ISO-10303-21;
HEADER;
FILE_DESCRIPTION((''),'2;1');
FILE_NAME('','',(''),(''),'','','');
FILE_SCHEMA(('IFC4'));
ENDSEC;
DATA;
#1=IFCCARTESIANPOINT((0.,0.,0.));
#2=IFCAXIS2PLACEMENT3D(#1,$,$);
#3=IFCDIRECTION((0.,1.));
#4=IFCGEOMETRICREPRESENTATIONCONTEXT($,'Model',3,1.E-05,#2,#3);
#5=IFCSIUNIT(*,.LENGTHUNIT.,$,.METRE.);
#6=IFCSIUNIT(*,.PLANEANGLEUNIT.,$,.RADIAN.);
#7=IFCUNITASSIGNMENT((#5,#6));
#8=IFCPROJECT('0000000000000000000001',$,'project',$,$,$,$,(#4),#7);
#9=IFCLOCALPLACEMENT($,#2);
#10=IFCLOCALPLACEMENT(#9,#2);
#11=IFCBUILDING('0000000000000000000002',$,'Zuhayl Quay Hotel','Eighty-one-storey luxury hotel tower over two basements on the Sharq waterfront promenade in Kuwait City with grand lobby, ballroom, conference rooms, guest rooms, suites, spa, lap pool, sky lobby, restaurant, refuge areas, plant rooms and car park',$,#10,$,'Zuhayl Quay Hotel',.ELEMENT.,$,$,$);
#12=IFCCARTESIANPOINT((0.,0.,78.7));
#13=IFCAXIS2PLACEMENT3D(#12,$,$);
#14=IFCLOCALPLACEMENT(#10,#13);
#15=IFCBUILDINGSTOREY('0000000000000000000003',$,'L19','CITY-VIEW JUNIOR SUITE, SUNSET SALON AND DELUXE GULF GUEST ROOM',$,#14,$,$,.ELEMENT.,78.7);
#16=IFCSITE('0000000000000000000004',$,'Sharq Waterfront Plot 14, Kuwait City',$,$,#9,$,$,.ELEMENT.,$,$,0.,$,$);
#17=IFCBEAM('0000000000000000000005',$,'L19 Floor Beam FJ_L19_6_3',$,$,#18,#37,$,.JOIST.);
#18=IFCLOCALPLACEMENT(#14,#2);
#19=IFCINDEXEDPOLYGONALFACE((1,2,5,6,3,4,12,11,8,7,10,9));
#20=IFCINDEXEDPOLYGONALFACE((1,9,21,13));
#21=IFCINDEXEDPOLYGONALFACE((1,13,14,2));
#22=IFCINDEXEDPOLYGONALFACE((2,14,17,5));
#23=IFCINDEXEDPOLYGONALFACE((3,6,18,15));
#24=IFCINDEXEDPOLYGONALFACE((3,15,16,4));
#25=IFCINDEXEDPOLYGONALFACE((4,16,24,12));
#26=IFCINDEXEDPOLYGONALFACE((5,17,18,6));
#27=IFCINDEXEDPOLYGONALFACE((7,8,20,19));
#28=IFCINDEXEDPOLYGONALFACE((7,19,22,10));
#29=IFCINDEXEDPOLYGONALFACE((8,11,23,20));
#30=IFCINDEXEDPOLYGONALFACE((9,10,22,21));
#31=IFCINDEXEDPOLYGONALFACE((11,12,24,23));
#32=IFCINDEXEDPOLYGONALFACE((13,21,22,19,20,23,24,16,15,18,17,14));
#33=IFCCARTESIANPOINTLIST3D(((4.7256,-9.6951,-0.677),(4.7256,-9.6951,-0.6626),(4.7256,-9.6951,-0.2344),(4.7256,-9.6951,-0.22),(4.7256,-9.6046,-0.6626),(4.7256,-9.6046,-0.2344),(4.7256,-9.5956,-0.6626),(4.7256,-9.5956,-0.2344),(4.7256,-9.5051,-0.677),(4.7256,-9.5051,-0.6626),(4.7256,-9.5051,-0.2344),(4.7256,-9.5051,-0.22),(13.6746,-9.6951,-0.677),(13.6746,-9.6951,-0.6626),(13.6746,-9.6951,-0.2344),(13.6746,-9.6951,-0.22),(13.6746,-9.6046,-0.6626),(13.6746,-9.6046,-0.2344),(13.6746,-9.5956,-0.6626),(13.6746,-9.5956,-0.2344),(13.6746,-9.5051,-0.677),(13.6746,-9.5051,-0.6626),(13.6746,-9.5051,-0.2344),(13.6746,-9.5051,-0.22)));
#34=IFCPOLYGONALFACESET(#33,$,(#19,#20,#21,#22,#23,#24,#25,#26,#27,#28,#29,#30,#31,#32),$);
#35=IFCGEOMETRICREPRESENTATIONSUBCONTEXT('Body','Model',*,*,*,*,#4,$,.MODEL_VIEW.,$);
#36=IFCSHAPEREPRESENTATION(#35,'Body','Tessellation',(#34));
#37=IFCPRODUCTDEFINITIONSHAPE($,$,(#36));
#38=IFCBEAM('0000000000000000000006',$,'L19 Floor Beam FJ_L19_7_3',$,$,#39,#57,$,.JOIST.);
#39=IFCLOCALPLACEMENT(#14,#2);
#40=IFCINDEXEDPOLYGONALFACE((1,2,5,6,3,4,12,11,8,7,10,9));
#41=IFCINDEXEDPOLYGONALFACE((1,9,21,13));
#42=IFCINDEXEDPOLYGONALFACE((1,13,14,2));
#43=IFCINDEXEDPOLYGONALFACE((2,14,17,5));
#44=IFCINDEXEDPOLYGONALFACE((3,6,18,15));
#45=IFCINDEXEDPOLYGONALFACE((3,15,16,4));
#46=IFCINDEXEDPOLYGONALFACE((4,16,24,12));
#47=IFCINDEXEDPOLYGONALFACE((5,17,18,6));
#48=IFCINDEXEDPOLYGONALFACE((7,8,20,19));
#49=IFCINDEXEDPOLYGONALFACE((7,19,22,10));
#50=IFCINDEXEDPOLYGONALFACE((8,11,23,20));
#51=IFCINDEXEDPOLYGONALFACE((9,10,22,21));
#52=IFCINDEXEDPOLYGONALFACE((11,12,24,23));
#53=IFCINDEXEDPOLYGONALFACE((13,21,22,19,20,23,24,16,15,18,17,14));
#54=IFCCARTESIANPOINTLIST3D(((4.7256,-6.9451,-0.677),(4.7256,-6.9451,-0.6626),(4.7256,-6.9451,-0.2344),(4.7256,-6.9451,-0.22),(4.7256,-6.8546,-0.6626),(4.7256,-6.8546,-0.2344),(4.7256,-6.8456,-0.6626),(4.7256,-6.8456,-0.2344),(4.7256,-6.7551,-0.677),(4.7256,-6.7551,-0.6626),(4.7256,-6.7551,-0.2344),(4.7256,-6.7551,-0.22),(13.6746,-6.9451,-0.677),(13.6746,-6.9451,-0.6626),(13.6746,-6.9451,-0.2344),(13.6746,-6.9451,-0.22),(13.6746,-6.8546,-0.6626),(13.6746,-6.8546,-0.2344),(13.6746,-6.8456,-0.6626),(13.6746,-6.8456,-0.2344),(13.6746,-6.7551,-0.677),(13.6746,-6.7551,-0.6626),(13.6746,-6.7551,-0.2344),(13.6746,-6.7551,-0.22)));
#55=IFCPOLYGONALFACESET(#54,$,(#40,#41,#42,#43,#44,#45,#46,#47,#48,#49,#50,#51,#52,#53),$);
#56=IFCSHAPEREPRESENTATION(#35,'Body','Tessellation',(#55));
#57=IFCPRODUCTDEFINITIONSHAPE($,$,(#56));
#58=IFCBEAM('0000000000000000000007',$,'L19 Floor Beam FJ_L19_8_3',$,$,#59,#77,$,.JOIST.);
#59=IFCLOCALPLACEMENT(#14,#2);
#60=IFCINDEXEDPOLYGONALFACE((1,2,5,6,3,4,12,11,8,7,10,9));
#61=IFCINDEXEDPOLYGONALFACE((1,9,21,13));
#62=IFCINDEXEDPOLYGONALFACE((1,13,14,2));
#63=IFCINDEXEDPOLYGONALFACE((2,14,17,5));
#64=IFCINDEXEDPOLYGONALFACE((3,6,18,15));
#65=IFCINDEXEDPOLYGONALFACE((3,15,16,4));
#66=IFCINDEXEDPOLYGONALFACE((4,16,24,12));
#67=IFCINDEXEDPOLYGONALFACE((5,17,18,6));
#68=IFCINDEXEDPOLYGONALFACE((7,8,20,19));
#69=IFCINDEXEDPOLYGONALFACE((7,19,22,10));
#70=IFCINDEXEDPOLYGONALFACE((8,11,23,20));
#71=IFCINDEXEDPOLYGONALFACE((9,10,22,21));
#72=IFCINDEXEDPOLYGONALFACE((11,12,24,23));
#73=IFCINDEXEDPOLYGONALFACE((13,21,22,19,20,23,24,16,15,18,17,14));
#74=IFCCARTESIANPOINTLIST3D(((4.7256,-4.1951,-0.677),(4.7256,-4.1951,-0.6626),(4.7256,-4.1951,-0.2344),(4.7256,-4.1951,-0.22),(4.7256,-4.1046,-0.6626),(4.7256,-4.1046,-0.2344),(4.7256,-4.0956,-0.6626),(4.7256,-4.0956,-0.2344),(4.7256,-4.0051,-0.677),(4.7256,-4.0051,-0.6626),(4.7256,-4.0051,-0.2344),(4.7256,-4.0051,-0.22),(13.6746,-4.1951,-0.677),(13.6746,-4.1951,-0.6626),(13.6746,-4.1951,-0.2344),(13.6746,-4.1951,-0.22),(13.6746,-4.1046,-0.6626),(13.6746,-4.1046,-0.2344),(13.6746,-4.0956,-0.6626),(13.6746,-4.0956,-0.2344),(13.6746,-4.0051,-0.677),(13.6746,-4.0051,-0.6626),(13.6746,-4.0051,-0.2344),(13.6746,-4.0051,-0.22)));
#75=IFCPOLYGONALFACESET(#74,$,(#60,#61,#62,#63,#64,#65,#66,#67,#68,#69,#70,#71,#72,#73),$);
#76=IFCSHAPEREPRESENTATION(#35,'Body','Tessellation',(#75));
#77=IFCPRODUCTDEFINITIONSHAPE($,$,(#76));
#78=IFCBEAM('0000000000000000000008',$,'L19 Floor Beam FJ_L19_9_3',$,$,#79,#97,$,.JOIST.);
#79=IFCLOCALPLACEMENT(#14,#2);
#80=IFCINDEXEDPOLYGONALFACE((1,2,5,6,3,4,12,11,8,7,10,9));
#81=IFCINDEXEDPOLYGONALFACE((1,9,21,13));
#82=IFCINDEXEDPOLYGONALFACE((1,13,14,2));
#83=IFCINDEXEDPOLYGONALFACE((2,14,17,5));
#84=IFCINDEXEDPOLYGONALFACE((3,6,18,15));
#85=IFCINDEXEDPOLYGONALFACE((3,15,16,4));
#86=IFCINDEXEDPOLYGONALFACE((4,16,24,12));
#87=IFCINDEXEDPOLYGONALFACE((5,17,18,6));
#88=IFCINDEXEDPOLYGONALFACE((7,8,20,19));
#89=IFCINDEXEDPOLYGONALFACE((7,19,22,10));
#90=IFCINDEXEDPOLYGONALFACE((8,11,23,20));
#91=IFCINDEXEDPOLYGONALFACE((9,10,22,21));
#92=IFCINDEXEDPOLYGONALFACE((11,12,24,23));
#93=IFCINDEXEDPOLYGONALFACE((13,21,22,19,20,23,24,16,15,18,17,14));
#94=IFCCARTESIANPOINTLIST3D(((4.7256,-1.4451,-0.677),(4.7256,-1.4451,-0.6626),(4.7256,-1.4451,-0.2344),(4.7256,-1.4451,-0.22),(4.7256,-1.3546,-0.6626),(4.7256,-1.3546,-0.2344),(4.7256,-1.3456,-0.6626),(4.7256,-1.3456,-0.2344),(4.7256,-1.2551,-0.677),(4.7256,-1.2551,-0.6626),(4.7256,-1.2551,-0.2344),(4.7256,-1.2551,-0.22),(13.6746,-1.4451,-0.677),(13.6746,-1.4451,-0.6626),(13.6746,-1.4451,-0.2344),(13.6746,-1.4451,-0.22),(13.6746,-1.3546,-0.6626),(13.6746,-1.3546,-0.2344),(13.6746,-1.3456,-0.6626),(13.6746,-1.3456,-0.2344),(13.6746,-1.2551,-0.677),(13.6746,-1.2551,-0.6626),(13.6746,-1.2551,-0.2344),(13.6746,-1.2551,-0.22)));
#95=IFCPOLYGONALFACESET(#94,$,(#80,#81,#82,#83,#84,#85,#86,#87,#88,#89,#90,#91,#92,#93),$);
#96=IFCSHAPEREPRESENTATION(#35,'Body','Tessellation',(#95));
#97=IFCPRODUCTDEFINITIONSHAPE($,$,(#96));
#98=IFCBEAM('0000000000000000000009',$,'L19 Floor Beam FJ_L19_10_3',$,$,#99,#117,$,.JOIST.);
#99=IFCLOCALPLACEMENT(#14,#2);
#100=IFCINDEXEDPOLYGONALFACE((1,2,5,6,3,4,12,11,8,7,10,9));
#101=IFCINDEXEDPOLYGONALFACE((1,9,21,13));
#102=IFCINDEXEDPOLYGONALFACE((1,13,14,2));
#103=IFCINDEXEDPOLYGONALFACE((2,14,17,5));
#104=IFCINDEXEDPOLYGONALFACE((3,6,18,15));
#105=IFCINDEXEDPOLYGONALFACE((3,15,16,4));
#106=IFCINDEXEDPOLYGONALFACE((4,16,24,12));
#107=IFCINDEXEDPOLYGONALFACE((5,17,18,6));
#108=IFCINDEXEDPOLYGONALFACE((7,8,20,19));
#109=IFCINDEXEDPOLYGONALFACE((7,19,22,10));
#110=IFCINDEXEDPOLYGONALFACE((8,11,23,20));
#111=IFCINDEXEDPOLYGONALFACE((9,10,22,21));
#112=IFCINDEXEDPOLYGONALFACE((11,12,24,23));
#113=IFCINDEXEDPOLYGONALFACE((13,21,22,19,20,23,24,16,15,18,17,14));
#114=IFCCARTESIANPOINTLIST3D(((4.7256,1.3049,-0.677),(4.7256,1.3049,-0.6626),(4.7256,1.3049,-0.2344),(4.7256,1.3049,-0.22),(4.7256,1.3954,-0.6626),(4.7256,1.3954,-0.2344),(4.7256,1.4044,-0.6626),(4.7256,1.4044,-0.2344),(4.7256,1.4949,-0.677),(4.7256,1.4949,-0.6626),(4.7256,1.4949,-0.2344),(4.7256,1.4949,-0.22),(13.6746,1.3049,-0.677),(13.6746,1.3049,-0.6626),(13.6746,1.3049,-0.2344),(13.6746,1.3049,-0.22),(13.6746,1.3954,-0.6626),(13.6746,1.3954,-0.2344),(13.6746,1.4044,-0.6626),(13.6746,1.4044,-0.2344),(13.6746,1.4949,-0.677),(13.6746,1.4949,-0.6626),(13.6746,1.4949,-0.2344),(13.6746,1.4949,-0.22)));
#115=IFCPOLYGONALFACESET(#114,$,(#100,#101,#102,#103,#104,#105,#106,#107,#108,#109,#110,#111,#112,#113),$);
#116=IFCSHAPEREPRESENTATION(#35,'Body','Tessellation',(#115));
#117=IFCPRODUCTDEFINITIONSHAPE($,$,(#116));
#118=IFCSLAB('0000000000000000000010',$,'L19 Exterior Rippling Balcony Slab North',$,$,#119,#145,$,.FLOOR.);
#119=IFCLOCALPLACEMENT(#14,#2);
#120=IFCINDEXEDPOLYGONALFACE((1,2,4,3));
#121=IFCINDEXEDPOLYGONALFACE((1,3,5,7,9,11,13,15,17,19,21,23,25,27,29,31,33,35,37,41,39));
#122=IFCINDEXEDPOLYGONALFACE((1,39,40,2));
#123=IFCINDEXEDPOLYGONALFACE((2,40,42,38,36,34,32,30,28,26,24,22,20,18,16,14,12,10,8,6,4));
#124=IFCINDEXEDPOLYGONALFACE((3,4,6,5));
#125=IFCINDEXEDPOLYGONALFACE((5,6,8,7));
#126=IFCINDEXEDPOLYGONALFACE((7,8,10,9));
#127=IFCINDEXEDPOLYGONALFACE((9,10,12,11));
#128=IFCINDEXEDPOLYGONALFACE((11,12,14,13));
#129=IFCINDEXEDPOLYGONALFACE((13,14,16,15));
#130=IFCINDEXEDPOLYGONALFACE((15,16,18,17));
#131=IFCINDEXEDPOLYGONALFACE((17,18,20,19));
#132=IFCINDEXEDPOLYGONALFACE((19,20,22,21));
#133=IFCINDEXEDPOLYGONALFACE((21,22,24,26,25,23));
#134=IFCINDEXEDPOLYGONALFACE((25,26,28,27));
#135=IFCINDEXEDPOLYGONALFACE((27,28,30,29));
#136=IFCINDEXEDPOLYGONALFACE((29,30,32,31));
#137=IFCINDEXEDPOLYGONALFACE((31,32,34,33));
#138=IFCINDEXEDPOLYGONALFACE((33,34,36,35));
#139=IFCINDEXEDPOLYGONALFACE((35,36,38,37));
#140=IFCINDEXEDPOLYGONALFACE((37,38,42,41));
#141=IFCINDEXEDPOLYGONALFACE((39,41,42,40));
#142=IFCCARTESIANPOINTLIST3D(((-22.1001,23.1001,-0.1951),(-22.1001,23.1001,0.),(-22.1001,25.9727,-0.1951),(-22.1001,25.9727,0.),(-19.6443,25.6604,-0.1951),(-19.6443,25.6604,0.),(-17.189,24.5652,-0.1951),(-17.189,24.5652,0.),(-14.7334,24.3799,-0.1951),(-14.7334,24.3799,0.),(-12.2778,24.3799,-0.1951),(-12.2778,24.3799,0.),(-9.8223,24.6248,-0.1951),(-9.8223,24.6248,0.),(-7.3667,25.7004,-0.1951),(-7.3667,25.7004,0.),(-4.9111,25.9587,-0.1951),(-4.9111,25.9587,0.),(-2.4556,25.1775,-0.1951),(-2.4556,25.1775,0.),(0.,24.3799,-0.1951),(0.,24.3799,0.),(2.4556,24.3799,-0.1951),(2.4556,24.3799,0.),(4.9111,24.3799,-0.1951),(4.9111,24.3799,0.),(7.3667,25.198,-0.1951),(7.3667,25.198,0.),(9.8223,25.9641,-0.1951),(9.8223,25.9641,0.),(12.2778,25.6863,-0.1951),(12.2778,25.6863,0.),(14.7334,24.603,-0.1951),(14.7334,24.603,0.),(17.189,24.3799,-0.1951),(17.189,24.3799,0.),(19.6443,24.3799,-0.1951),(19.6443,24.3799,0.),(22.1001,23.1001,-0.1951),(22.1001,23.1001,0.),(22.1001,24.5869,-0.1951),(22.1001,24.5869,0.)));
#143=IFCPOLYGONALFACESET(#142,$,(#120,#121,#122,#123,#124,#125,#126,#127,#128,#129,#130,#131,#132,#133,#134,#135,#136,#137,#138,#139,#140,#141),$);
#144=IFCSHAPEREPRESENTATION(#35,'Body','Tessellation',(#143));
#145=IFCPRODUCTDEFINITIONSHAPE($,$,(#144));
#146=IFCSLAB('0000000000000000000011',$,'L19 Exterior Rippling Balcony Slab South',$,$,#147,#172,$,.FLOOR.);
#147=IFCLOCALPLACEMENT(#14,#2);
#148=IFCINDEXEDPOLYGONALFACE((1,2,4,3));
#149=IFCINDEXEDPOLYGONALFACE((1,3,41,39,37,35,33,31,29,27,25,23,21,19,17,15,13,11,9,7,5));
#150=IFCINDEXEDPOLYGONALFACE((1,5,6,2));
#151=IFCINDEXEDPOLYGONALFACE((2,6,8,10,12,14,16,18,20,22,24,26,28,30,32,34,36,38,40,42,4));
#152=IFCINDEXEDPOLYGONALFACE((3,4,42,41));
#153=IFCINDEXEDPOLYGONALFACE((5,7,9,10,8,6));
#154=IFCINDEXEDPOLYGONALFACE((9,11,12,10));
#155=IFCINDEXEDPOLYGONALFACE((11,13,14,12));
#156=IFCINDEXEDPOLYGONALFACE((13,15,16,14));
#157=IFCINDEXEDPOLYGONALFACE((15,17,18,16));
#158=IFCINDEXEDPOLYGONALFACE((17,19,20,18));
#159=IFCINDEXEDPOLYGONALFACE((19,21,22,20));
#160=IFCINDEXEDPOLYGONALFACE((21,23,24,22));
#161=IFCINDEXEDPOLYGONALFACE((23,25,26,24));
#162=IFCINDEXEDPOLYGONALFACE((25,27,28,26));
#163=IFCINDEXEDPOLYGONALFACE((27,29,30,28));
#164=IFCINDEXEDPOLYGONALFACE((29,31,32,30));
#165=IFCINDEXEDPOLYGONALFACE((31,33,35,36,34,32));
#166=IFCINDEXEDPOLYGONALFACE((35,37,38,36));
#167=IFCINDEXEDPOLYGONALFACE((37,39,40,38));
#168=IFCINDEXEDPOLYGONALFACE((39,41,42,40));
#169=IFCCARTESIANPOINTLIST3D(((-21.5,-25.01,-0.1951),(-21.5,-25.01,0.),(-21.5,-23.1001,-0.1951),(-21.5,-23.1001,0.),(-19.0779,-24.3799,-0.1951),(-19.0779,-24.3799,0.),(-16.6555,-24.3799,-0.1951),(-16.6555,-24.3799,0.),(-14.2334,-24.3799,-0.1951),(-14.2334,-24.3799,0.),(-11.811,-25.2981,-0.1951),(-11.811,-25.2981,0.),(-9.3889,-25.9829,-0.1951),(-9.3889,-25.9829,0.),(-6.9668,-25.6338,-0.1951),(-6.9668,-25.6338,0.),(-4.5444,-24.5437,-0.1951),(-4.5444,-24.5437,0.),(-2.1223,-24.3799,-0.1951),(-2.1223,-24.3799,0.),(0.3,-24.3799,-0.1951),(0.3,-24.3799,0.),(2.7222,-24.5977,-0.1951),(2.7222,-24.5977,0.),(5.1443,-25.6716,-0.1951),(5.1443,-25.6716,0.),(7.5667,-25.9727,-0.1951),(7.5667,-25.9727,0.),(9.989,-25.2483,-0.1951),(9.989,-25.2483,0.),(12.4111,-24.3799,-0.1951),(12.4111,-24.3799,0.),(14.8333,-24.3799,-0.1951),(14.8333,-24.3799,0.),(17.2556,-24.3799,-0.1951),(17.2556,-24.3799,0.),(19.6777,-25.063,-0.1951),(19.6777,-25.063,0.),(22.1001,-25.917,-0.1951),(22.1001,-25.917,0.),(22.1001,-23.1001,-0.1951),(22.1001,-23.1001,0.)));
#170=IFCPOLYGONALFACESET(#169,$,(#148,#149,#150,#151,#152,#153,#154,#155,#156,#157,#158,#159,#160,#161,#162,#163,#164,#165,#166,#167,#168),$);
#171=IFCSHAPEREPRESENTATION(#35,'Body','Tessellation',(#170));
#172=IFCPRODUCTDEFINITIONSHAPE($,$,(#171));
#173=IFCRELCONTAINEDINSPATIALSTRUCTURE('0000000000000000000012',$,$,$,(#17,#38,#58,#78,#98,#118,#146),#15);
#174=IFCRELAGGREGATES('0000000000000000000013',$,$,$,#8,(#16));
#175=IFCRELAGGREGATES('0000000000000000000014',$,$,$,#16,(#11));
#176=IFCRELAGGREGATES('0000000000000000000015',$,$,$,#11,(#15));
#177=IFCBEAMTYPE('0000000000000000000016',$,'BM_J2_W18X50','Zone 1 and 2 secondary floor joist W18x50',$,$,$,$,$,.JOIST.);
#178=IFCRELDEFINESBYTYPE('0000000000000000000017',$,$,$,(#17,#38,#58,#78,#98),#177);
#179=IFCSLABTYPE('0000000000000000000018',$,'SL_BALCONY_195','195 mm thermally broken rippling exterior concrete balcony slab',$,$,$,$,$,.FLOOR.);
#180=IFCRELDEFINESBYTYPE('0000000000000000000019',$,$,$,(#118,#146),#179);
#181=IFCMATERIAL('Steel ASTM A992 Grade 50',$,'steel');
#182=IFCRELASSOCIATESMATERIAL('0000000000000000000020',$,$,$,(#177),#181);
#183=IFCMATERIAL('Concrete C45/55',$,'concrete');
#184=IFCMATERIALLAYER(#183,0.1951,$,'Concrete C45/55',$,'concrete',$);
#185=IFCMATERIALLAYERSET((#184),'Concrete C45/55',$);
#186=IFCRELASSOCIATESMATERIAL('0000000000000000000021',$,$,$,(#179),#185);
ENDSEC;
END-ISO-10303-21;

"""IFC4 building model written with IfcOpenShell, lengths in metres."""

from ifc_helpers import new_model, si_unit, direction, frame, origin, origin_2d, place, context, subcontext, project, spatial, polyline, i_section, outline, extrude, material, layer, layer_set, material_profile, profile_set, type_object, element, save


model = new_model("IFC4")

# Units and contexts
model_context = context("Model", 3, precision=1e-05, world=origin(), true_north=direction((0.0, 1.0)))
body_context = subcontext(model_context, "Body", "Model", "MODEL_VIEW")
ifc_project = project(units=[si_unit("LENGTHUNIT", "METRE"), si_unit("PLANEANGLEUNIT", "RADIAN")], contexts=[model_context])

# Site, building, storey
site_placement = place(None, origin())
site = spatial("IfcSite", under=ifc_project, at=site_placement, Name="Sharq Waterfront Plot 14, Kuwait City", CompositionType="ELEMENT", RefElevation=0.0)
building_placement = place(site_placement, origin())
building = spatial("IfcBuilding", under=site, at=building_placement, Name="Zuhayl Quay Hotel", Description="Eighty-one-storey luxury hotel tower over two basements on the Sharq waterfront promenade in Kuwait City with grand lobby, ballroom, conference rooms, guest rooms, suites, spa, lap pool, sky lobby, restaurant, refuge areas, plant rooms and car park", LongName="Zuhayl Quay Hotel", CompositionType="ELEMENT")
storey_placement = place(building_placement, frame((0.0, 0.0, 78.7)))
storey = spatial("IfcBuildingStorey", under=building, at=storey_placement, Name="L19", Description="CITY-VIEW JUNIOR SUITE, SUNSET SALON AND DELUXE GULF GUEST ROOM", CompositionType="ELEMENT", Elevation=78.7)

# Beams
ifc_material_1 = material(Name="Steel ASTM A992 Grade 50", Category="steel")
ifc_material_profile = material_profile(ifc_material_1, i_section(OverallWidth=0.1899, OverallDepth=0.457, WebThickness=0.009, FlangeThickness=0.0144, at=origin_2d()), Name="W18X50")
ifc_profile_set = profile_set([ifc_material_profile], Name="Steel ASTM A992 Grade 50")
beam_type = type_object("IfcBeamType", Name="BM_J2_W18X50", Description="Zone 1 and 2 secondary floor joist W18x50", PredefinedType="JOIST", material=ifc_profile_set)
for number, where, z_axis, x_axis, name in (
    (1, (4.7256, -9.6001, -0.4485), (1.0, 0.0, 0.0), (0.0, 1.0, 0.0), "L19 Floor Beam FJ_L19_6_3"),
    (2, (4.7256, -6.8501, -0.4485), (1.0, 0.0, 0.0), (0.0, 1.0, 0.0), "L19 Floor Beam FJ_L19_7_3"),
    (3, (4.7256, -4.1001, -0.4485), (1.0, 0.0, 0.0), (0.0, 1.0, 0.0), "L19 Floor Beam FJ_L19_8_3"),
    (4, (4.7256, -1.3501, -0.4485), (1.0, 0.0, 0.0), (0.0, 1.0, 0.0), "L19 Floor Beam FJ_L19_9_3"),
    (5, (4.7256, 1.3999, -0.4485), (1.0, 0.0, 0.0), (0.0, 1.0, 0.0), "L19 Floor Beam FJ_L19_10_3"),
):
    element("IfcBeam", number, at=place(storey_placement, frame(where, z_axis=z_axis, x_axis=x_axis)), inside=storey, type_object=beam_type, Name=name, PredefinedType="JOIST", context=body_context, shape_type="SweptSolid", body=[
        extrude(i_section(OverallWidth=0.1899, OverallDepth=0.457, WebThickness=0.009, FlangeThickness=0.0144, at=origin_2d()), origin(), (0.0, 0.0, 1.0), 8.949),
    ])

# Slabs
ifc_material_2 = material(Name="Concrete C45/55", Category="concrete")
ifc_layer_1 = layer(ifc_material_2, 0.1951, Name="Concrete C45/55", Category="concrete")
ifc_layer_set_1 = layer_set([ifc_layer_1], Name="Concrete C45/55")
slab_type_1 = type_object("IfcSlabType", Name="SL_BALCONY_195", Description="195 mm thermally broken rippling exterior concrete balcony slab", PredefinedType="FLOOR", material=ifc_layer_set_1)
slab_1_placement = place(storey_placement, frame((0.0, 0.0, -0.1951)))
element("IfcSlab", 6, at=slab_1_placement, inside=storey, type_object=slab_type_1, Name="L19 Exterior Rippling Balcony Slab North", PredefinedType="FLOOR", context=body_context, shape_type="SweptSolid", body=[
    extrude(outline(polyline([(-22.1001, 23.1001), (22.1001, 23.1001), (22.1001, 24.5869), (19.6443, 24.3799), (17.189, 24.3799), (14.7334, 24.603), (12.2778, 25.6863), (9.8223, 25.9641), (7.3667, 25.198), (4.9111, 24.3799), (2.4556, 24.3799), (0.0, 24.3799), (-2.4556, 25.1775), (-4.9111, 25.9587), (-7.3667, 25.7004), (-9.8223, 24.6248), (-12.2778, 24.3799), (-14.7334, 24.3799), (-17.189, 24.5652), (-19.6443, 25.6604), (-22.1001, 25.9727), (-22.1001, 23.1001)])), origin(), (0.0, 0.0, 1.0), 0.1951),
])
slab_2_placement = place(storey_placement, frame((0.0, 0.0, -0.1951)))
element("IfcSlab", 7, at=slab_2_placement, inside=storey, type_object=slab_type_1, Name="L19 Exterior Rippling Balcony Slab South", PredefinedType="FLOOR", context=body_context, shape_type="SweptSolid", body=[
    extrude(outline(polyline([(-21.5, -25.01), (-19.0779, -24.3799), (-16.6555, -24.3799), (-14.2334, -24.3799), (-11.811, -25.2981), (-9.3889, -25.9829), (-6.9668, -25.6338), (-4.5444, -24.5437), (-2.1223, -24.3799), (0.3, -24.3799), (2.7222, -24.5977), (5.1443, -25.6716), (7.5667, -25.9727), (9.989, -25.2483), (12.4111, -24.3799), (14.8333, -24.3799), (17.2556, -24.3799), (19.6777, -25.063), (22.1001, -25.917), (22.1001, -23.1001), (-21.5, -23.1001), (-21.5, -25.01)])), origin(), (0.0, 0.0, 1.0), 0.1951),
])

save(model, "model.ifc")
